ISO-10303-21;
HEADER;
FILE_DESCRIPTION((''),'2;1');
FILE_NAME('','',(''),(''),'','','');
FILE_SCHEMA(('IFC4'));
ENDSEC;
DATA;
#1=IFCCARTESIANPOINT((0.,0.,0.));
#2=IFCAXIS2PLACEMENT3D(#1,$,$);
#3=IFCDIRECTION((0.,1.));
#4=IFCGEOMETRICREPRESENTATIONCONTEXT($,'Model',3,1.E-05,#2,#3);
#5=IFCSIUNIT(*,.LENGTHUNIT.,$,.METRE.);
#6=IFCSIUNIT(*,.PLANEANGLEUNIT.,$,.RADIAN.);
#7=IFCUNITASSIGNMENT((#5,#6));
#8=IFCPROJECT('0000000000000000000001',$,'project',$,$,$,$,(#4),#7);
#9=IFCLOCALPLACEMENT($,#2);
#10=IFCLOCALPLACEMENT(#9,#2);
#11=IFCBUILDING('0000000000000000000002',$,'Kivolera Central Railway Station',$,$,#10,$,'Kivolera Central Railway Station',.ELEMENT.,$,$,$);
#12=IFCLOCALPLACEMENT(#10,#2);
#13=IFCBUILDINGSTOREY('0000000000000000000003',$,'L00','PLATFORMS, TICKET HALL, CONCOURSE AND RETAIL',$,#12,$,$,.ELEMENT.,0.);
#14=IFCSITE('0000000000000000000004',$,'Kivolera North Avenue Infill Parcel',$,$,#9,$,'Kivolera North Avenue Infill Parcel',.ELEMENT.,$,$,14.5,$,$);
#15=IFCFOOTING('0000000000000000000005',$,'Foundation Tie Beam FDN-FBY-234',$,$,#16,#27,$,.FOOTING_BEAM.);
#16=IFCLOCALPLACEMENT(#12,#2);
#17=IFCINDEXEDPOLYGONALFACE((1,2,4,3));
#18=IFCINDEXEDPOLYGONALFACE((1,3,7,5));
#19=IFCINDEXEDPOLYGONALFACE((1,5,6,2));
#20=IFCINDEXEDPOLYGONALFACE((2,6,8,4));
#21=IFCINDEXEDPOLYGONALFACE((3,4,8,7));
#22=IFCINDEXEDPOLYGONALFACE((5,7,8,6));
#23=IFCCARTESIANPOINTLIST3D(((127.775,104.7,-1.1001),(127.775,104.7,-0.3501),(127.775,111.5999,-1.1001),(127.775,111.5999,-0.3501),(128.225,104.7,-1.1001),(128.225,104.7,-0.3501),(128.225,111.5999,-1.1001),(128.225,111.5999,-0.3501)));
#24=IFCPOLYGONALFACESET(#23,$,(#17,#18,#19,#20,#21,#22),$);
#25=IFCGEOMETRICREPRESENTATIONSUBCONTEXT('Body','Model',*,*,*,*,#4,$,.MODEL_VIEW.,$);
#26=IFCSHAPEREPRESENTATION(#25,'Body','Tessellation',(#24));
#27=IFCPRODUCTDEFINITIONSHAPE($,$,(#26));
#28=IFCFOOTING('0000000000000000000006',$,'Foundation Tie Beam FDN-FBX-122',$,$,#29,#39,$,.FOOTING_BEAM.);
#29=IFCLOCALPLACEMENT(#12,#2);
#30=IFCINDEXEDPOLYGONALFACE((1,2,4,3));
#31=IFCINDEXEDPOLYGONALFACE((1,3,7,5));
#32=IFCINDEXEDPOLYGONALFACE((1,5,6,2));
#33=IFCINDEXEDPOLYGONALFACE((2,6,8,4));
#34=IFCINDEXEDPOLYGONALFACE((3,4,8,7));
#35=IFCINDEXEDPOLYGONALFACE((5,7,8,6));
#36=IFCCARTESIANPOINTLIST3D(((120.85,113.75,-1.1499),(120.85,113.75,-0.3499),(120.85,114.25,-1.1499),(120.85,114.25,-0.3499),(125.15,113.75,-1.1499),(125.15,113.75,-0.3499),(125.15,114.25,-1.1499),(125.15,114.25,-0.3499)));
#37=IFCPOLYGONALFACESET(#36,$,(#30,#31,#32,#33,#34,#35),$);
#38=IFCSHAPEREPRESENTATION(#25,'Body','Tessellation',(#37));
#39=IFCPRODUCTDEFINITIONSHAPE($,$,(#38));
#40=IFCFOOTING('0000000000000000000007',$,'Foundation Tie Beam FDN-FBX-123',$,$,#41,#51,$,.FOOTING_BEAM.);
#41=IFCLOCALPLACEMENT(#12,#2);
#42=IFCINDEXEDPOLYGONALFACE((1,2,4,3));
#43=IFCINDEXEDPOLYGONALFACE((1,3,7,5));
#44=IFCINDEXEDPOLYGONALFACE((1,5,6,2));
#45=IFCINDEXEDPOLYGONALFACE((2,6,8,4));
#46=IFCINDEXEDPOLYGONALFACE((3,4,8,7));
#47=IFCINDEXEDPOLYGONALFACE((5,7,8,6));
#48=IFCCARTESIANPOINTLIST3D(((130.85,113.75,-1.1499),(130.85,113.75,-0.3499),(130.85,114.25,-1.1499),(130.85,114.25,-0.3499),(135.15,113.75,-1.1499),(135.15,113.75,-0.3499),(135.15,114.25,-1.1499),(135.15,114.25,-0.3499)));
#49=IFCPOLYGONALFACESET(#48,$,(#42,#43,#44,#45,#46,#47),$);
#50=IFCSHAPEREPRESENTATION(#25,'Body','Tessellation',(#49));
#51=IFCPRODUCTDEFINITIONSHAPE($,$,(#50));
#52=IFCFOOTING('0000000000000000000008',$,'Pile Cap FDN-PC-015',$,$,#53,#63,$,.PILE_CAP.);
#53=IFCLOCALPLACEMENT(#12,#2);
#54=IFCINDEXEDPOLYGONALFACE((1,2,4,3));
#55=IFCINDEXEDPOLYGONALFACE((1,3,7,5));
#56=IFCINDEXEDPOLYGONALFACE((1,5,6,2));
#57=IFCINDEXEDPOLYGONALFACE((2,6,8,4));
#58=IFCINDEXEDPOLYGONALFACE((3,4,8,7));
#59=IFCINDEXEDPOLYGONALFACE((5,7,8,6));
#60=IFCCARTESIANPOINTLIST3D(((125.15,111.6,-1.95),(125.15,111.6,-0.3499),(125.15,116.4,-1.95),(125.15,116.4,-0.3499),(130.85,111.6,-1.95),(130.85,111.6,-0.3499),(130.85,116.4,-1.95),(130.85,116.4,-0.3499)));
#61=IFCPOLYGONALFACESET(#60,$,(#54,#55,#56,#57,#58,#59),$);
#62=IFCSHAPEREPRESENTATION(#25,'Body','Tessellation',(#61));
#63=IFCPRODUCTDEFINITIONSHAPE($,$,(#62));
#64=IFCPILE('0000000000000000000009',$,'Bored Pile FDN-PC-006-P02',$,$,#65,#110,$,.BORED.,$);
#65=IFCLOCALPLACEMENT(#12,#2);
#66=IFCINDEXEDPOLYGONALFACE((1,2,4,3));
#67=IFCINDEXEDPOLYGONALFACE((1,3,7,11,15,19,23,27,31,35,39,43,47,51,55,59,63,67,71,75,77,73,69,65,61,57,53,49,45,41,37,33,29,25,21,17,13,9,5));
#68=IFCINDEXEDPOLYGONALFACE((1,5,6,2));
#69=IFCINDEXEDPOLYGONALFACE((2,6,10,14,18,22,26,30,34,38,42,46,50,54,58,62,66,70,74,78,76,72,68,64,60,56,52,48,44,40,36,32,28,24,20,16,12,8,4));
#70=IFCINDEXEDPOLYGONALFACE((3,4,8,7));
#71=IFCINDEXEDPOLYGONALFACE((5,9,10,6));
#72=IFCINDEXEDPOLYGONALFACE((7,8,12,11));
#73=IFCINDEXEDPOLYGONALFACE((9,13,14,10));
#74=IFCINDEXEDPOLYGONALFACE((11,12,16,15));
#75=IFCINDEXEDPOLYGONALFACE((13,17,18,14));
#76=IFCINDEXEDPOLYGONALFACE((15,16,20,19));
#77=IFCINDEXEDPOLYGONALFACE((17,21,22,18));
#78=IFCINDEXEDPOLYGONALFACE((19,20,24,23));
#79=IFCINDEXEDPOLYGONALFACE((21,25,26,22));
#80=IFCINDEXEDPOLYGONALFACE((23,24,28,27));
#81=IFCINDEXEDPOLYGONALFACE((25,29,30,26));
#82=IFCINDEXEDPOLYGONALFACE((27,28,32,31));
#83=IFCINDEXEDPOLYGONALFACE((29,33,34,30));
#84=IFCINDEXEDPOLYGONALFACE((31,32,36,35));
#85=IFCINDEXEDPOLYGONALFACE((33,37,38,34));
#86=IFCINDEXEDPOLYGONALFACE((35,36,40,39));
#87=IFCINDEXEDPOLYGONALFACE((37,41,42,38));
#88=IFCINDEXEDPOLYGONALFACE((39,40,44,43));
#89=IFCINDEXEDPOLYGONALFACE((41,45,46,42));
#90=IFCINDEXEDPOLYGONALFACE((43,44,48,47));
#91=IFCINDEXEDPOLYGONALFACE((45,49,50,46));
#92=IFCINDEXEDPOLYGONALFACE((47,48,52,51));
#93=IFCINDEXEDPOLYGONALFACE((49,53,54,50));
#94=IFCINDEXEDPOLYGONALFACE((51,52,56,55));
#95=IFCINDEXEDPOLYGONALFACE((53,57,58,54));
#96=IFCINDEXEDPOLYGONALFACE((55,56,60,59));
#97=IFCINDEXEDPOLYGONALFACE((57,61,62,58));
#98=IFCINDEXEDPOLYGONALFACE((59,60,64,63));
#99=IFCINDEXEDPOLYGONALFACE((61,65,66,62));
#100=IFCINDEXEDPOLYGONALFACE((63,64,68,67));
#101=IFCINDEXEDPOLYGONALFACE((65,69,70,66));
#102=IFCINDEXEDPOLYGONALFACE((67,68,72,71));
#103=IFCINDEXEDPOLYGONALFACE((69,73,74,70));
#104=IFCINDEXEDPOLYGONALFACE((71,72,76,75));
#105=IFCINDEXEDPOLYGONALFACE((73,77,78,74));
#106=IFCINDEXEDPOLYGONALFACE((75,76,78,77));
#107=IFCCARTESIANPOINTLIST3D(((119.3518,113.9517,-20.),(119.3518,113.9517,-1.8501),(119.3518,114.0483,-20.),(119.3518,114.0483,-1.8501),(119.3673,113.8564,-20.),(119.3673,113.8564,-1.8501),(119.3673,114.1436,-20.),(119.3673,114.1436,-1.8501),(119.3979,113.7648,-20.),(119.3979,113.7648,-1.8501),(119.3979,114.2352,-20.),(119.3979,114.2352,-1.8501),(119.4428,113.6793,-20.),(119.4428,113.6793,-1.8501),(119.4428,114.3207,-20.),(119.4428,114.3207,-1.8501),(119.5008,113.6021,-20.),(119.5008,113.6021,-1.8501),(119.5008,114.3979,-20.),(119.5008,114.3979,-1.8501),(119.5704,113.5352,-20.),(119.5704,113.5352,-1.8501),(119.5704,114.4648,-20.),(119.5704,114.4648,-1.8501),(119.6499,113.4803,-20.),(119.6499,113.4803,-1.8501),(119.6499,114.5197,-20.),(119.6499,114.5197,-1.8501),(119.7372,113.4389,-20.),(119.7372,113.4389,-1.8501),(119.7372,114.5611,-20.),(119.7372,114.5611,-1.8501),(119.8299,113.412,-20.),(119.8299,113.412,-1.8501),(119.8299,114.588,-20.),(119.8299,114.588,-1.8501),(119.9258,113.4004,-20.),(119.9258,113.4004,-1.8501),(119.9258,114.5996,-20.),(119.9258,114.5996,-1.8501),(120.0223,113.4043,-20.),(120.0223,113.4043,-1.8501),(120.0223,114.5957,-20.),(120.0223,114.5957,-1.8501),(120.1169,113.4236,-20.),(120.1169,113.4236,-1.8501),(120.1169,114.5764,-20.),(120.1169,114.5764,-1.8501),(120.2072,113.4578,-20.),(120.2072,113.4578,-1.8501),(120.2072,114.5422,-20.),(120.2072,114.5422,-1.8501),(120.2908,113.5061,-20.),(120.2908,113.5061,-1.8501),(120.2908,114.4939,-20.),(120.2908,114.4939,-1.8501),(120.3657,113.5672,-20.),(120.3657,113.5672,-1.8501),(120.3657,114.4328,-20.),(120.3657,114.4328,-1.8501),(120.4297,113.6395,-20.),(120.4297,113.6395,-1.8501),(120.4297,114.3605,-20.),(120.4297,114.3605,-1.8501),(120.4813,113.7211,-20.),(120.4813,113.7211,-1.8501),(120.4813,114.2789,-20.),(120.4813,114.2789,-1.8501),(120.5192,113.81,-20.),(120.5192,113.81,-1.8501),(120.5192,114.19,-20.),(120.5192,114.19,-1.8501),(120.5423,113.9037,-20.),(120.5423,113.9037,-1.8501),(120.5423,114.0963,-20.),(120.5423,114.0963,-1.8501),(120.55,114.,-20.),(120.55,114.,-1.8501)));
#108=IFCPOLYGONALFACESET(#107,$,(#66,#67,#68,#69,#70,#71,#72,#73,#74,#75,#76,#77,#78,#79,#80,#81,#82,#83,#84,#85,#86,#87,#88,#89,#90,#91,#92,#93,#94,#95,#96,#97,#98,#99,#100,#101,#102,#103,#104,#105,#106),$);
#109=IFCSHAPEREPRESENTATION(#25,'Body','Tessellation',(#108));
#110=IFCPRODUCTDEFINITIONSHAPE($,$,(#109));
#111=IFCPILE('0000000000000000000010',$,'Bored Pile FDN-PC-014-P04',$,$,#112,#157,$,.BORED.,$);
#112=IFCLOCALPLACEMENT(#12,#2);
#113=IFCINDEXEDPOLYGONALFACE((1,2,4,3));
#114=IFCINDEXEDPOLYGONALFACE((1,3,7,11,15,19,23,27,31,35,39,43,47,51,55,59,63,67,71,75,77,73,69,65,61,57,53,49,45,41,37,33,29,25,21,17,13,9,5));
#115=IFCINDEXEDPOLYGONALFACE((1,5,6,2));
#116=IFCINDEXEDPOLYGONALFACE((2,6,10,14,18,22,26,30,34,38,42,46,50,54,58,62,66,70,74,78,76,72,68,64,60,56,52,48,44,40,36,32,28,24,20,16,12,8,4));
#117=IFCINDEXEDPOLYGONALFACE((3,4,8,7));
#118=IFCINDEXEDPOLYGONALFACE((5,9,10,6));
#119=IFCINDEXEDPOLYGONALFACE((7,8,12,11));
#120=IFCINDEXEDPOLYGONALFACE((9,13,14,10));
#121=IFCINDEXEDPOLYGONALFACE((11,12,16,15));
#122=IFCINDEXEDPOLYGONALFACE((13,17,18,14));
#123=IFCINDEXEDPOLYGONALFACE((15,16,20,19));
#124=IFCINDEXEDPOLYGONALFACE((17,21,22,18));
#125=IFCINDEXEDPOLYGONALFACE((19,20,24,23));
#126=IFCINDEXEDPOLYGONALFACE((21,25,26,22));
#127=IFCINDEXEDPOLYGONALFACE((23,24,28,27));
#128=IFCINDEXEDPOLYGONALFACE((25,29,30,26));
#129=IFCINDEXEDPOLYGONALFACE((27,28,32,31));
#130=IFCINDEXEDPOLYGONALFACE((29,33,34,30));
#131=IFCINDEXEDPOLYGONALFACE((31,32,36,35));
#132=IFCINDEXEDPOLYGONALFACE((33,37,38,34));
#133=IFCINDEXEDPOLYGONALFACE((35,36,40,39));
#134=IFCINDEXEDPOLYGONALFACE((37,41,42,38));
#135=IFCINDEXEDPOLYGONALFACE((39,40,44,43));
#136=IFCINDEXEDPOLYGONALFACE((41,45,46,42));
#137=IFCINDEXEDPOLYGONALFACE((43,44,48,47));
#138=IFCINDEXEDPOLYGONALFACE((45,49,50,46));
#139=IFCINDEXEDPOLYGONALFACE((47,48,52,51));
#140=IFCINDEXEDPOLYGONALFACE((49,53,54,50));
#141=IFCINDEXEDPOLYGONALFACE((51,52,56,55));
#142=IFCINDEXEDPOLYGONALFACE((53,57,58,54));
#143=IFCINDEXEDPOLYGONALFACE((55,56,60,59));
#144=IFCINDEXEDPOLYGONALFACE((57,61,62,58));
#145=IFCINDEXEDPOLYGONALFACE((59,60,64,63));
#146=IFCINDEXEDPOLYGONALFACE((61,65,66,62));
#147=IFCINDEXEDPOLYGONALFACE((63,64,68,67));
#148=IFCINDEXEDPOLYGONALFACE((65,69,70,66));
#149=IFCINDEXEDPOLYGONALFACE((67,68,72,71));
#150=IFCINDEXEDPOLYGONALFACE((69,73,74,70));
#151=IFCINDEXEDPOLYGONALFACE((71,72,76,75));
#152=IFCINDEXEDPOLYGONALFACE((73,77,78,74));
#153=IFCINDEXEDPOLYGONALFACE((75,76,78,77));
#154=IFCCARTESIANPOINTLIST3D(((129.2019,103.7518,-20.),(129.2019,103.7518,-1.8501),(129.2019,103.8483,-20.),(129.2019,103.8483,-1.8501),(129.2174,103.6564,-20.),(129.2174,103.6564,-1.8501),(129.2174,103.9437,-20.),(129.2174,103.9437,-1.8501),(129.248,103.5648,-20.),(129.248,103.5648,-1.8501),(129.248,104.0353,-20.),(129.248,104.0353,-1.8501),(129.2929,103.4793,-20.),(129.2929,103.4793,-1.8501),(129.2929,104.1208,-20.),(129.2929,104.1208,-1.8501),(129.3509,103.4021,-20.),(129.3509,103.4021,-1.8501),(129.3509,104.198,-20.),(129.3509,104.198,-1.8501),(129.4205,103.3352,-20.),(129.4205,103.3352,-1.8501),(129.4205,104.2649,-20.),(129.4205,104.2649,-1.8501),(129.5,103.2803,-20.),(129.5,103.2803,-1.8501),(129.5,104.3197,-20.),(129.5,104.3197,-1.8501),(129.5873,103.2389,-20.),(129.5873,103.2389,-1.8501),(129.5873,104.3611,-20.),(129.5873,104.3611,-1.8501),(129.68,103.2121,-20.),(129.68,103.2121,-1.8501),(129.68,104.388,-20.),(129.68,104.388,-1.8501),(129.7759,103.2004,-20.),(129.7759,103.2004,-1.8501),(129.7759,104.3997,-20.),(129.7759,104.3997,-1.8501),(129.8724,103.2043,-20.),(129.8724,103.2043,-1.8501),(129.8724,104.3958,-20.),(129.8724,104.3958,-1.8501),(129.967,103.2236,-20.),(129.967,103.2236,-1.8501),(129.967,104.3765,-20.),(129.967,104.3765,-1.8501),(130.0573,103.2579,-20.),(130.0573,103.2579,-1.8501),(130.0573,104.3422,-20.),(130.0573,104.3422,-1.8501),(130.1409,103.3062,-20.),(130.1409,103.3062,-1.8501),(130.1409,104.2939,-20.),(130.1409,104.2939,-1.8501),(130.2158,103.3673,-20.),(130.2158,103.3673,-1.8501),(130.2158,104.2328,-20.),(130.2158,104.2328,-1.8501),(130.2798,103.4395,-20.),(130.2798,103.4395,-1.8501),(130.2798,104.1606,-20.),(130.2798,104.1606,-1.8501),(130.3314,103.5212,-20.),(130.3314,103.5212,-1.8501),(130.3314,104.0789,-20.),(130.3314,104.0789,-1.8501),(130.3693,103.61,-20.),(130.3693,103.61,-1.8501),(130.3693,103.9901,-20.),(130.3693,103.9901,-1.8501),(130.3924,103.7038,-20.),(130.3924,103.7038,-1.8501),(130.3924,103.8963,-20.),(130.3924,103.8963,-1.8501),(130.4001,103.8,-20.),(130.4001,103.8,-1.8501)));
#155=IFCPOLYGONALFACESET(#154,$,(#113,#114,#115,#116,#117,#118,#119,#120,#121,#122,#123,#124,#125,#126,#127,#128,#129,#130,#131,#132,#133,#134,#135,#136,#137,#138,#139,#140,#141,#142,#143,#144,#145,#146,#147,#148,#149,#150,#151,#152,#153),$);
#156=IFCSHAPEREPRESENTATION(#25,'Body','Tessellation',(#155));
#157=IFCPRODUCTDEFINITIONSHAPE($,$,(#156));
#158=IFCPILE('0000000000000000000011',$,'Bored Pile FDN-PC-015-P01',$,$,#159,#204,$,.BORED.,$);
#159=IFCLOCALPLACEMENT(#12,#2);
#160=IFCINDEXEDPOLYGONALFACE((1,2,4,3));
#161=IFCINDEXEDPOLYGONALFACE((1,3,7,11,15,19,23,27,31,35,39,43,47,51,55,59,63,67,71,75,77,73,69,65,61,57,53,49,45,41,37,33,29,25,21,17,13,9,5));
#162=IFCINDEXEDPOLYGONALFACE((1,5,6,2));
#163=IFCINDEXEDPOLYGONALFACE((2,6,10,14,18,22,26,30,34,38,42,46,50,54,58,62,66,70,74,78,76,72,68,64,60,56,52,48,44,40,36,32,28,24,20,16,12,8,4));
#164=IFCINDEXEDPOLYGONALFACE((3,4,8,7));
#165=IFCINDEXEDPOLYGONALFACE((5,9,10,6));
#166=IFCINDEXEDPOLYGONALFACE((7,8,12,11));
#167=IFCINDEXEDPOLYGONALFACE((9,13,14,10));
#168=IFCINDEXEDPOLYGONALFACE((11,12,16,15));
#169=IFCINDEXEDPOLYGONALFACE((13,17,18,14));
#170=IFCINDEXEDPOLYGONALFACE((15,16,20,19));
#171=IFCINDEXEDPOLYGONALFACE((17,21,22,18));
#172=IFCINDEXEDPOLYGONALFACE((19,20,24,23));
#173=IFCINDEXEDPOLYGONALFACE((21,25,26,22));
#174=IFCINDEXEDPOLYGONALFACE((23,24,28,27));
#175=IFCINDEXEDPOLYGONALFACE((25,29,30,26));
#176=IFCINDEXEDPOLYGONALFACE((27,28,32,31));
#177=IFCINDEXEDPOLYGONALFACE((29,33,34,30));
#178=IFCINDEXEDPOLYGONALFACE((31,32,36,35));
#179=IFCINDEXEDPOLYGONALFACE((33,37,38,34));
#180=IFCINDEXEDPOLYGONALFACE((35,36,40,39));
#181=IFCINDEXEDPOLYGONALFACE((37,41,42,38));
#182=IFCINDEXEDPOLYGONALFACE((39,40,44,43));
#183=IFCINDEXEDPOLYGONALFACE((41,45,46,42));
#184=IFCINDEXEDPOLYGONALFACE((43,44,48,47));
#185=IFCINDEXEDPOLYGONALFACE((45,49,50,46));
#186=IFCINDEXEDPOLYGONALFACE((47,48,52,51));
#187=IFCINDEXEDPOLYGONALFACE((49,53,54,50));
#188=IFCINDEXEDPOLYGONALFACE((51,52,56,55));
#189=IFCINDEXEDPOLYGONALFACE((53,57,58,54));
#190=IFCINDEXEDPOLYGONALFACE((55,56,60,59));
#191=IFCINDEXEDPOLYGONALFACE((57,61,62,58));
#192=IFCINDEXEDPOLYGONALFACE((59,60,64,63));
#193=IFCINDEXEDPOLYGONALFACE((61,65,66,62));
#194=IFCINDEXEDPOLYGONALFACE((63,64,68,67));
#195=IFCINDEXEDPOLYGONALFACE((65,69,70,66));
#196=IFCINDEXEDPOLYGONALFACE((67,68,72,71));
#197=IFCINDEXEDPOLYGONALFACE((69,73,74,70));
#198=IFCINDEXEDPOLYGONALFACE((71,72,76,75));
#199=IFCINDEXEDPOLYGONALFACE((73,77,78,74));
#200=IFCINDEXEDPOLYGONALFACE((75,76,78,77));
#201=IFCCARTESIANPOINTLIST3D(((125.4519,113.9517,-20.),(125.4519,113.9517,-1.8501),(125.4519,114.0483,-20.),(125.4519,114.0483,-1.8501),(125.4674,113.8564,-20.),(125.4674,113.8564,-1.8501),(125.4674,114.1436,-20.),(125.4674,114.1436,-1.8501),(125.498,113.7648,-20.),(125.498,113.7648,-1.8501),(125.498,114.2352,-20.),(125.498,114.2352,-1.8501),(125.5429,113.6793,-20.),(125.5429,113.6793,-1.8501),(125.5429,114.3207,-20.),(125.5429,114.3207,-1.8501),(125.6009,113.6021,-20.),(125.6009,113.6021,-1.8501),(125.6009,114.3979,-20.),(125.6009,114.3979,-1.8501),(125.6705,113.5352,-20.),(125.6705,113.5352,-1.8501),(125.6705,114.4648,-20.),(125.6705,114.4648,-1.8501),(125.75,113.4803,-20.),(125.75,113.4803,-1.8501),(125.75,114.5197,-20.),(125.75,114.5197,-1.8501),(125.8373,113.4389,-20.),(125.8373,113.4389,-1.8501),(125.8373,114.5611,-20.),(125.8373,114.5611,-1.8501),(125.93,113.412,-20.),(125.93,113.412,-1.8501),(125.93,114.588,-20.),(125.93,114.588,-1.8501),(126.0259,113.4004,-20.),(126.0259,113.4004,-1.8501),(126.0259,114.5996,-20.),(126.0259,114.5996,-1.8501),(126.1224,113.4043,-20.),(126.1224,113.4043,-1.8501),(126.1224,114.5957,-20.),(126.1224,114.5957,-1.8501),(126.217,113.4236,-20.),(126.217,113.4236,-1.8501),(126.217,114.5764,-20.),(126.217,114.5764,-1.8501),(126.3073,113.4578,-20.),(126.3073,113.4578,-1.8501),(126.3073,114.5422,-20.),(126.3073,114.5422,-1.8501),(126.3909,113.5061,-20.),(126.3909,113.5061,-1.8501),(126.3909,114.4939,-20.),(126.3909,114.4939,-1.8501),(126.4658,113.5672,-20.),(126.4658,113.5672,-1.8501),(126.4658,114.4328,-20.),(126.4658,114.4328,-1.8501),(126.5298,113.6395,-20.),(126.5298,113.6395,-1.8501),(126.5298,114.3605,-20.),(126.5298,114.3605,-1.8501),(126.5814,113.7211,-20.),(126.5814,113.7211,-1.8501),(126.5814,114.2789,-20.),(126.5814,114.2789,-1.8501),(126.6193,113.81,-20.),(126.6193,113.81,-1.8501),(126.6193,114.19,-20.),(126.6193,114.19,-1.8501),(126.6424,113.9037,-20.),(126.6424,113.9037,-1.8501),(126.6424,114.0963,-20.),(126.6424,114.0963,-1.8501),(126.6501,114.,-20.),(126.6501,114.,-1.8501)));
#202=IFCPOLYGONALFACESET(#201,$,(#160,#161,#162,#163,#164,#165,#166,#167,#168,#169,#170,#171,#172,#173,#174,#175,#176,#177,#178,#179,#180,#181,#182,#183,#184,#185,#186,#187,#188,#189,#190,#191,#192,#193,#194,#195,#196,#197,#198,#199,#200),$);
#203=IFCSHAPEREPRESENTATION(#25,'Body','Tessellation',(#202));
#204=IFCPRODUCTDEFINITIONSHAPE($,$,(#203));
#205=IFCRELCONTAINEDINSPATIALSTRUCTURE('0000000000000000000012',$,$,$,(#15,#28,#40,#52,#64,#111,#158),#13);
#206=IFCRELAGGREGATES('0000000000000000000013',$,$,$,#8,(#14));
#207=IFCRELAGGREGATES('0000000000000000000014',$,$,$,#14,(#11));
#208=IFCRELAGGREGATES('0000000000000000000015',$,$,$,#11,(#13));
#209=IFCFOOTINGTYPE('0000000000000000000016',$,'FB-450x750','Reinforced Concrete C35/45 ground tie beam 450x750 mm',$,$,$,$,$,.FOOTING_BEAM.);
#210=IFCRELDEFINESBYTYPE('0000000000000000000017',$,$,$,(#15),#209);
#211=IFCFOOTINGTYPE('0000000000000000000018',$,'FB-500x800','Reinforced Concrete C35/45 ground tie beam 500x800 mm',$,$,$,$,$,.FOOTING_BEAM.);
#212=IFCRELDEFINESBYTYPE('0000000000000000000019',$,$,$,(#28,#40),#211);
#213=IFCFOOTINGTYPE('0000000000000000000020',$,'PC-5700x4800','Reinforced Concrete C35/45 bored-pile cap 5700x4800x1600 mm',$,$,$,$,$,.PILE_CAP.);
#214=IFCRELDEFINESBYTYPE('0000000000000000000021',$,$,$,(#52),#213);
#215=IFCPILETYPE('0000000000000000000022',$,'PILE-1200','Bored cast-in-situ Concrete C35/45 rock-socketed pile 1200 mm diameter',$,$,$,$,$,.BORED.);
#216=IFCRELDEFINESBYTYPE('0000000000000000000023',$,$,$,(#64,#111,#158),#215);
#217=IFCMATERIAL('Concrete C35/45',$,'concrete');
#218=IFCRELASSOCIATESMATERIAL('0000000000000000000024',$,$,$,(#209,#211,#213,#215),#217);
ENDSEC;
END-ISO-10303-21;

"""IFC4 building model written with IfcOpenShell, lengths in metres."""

from ifc_helpers import new_model, si_unit, direction, frame, origin, origin_2d, place, context, subcontext, project, spatial, rectangle, circle, extrude, material, material_profile, profile_set, type_object, element, save


model = new_model("IFC4")

# Units and contexts
model_context = context("Model", 3, precision=1e-05, world=origin(), true_north=direction((0.0, 1.0)))
body_context = subcontext(model_context, "Body", "Model", "MODEL_VIEW")
ifc_project = project(units=[si_unit("LENGTHUNIT", "METRE"), si_unit("PLANEANGLEUNIT", "RADIAN")], contexts=[model_context])

# Site, building, storey
site_placement = place(None, origin())
site = spatial("IfcSite", under=ifc_project, at=site_placement, Name="Kivolera North Avenue Infill Parcel", LongName="Kivolera North Avenue Infill Parcel", CompositionType="ELEMENT", RefElevation=14.5)
building_placement = place(site_placement, origin())
building = spatial("IfcBuilding", under=site, at=building_placement, Name="Kivolera Central Railway Station", LongName="Kivolera Central Railway Station", CompositionType="ELEMENT")
storey_placement = place(building_placement, origin())
storey = spatial("IfcBuildingStorey", under=building, at=storey_placement, Name="L00", Description="PLATFORMS, TICKET HALL, CONCOURSE AND RETAIL", CompositionType="ELEMENT", Elevation=0.0)

# Footings
ifc_material_1 = material(Name="Concrete C35/45", Category="concrete")
footing_type_1 = type_object("IfcFootingType", Name="FB-450x750", Description="Reinforced Concrete C35/45 ground tie beam 450x750 mm", PredefinedType="FOOTING_BEAM", material=ifc_material_1)
footing_1_placement = place(storey_placement, frame((128.0, 108.1499, -1.1001), z_axis=(0.0, 0.0, 1.0), x_axis=(1.0, 0.0, 0.0)))
element("IfcFooting", 1, at=footing_1_placement, inside=storey, type_object=footing_type_1, Name="Foundation Tie Beam FDN-FBY-234", PredefinedType="FOOTING_BEAM", context=body_context, shape_type="SweptSolid", body=[
    extrude(rectangle(XDim=0.45, YDim=6.8999, at=origin_2d()), origin(), (0.0, 0.0, 1.0), 0.75),
])
footing_type_2 = type_object("IfcFootingType", Name="FB-500x800", Description="Reinforced Concrete C35/45 ground tie beam 500x800 mm", PredefinedType="FOOTING_BEAM", material=ifc_material_1)
for number, where, z_axis, x_axis, name in (
    (2, (123.0, 114.0, -1.1499), (0.0, 0.0, 1.0), (1.0, 0.0, 0.0), "Foundation Tie Beam FDN-FBX-122"),
    (3, (133.0, 114.0, -1.1499), (0.0, 0.0, 1.0), (1.0, 0.0, 0.0), "Foundation Tie Beam FDN-FBX-123"),
):
    element("IfcFooting", number, at=place(storey_placement, frame(where, z_axis=z_axis, x_axis=x_axis)), inside=storey, type_object=footing_type_2, Name=name, PredefinedType="FOOTING_BEAM", context=body_context, shape_type="SweptSolid", body=[
        extrude(rectangle(XDim=4.3, YDim=0.5, at=origin_2d()), origin(), (0.0, 0.0, 1.0), 0.8),
    ])
footing_type_3 = type_object("IfcFootingType", Name="PC-5700x4800", Description="Reinforced Concrete C35/45 bored-pile cap 5700x4800x1600 mm", PredefinedType="PILE_CAP", material=ifc_material_1)
footing_2_placement = place(storey_placement, frame((128.0, 114.0, -1.95), z_axis=(0.0, 0.0, 1.0), x_axis=(1.0, 0.0, 0.0)))
element("IfcFooting", 4, at=footing_2_placement, inside=storey, type_object=footing_type_3, Name="Pile Cap FDN-PC-015", PredefinedType="PILE_CAP", context=body_context, shape_type="SweptSolid", body=[
    extrude(rectangle(XDim=5.7, YDim=4.8, at=origin_2d()), origin(), (0.0, 0.0, 1.0), 1.6001),
])

# Piles
ifc_material_profile_1 = material_profile(ifc_material_1, circle(Radius=0.6001, at=origin_2d()), Name="PILE D1200")
ifc_profile_set_1 = profile_set([ifc_material_profile_1], Name="Concrete C35/45")
pile_type = type_object("IfcPileType", Name="PILE-1200", Description="Bored cast-in-situ Concrete C35/45 rock-socketed pile 1200 mm diameter", PredefinedType="BORED", material=ifc_profile_set_1)
for number, where, z_axis, x_axis, name in (
    (5, (119.95, 114.0, -1.8501), (0.0, 0.0, -1.0), (1.0, 0.0, 0.0), "Bored Pile FDN-PC-006-P02"),
    (6, (129.8, 103.8, -1.8501), (0.0, 0.0, -1.0), (1.0, 0.0, 0.0), "Bored Pile FDN-PC-014-P04"),
    (7, (126.05, 114.0, -1.8501), (0.0, 0.0, -1.0), (1.0, 0.0, 0.0), "Bored Pile FDN-PC-015-P01"),
):
    element("IfcPile", number, at=place(storey_placement, frame(where, z_axis=z_axis, x_axis=x_axis)), inside=storey, type_object=pile_type, Name=name, PredefinedType="BORED", context=body_context, shape_type="SweptSolid", body=[
        extrude(circle(Radius=0.6001, at=origin_2d()), origin(), (0.0, 0.0, 1.0), 18.1499),
    ])

save(model, "model.ifc")
